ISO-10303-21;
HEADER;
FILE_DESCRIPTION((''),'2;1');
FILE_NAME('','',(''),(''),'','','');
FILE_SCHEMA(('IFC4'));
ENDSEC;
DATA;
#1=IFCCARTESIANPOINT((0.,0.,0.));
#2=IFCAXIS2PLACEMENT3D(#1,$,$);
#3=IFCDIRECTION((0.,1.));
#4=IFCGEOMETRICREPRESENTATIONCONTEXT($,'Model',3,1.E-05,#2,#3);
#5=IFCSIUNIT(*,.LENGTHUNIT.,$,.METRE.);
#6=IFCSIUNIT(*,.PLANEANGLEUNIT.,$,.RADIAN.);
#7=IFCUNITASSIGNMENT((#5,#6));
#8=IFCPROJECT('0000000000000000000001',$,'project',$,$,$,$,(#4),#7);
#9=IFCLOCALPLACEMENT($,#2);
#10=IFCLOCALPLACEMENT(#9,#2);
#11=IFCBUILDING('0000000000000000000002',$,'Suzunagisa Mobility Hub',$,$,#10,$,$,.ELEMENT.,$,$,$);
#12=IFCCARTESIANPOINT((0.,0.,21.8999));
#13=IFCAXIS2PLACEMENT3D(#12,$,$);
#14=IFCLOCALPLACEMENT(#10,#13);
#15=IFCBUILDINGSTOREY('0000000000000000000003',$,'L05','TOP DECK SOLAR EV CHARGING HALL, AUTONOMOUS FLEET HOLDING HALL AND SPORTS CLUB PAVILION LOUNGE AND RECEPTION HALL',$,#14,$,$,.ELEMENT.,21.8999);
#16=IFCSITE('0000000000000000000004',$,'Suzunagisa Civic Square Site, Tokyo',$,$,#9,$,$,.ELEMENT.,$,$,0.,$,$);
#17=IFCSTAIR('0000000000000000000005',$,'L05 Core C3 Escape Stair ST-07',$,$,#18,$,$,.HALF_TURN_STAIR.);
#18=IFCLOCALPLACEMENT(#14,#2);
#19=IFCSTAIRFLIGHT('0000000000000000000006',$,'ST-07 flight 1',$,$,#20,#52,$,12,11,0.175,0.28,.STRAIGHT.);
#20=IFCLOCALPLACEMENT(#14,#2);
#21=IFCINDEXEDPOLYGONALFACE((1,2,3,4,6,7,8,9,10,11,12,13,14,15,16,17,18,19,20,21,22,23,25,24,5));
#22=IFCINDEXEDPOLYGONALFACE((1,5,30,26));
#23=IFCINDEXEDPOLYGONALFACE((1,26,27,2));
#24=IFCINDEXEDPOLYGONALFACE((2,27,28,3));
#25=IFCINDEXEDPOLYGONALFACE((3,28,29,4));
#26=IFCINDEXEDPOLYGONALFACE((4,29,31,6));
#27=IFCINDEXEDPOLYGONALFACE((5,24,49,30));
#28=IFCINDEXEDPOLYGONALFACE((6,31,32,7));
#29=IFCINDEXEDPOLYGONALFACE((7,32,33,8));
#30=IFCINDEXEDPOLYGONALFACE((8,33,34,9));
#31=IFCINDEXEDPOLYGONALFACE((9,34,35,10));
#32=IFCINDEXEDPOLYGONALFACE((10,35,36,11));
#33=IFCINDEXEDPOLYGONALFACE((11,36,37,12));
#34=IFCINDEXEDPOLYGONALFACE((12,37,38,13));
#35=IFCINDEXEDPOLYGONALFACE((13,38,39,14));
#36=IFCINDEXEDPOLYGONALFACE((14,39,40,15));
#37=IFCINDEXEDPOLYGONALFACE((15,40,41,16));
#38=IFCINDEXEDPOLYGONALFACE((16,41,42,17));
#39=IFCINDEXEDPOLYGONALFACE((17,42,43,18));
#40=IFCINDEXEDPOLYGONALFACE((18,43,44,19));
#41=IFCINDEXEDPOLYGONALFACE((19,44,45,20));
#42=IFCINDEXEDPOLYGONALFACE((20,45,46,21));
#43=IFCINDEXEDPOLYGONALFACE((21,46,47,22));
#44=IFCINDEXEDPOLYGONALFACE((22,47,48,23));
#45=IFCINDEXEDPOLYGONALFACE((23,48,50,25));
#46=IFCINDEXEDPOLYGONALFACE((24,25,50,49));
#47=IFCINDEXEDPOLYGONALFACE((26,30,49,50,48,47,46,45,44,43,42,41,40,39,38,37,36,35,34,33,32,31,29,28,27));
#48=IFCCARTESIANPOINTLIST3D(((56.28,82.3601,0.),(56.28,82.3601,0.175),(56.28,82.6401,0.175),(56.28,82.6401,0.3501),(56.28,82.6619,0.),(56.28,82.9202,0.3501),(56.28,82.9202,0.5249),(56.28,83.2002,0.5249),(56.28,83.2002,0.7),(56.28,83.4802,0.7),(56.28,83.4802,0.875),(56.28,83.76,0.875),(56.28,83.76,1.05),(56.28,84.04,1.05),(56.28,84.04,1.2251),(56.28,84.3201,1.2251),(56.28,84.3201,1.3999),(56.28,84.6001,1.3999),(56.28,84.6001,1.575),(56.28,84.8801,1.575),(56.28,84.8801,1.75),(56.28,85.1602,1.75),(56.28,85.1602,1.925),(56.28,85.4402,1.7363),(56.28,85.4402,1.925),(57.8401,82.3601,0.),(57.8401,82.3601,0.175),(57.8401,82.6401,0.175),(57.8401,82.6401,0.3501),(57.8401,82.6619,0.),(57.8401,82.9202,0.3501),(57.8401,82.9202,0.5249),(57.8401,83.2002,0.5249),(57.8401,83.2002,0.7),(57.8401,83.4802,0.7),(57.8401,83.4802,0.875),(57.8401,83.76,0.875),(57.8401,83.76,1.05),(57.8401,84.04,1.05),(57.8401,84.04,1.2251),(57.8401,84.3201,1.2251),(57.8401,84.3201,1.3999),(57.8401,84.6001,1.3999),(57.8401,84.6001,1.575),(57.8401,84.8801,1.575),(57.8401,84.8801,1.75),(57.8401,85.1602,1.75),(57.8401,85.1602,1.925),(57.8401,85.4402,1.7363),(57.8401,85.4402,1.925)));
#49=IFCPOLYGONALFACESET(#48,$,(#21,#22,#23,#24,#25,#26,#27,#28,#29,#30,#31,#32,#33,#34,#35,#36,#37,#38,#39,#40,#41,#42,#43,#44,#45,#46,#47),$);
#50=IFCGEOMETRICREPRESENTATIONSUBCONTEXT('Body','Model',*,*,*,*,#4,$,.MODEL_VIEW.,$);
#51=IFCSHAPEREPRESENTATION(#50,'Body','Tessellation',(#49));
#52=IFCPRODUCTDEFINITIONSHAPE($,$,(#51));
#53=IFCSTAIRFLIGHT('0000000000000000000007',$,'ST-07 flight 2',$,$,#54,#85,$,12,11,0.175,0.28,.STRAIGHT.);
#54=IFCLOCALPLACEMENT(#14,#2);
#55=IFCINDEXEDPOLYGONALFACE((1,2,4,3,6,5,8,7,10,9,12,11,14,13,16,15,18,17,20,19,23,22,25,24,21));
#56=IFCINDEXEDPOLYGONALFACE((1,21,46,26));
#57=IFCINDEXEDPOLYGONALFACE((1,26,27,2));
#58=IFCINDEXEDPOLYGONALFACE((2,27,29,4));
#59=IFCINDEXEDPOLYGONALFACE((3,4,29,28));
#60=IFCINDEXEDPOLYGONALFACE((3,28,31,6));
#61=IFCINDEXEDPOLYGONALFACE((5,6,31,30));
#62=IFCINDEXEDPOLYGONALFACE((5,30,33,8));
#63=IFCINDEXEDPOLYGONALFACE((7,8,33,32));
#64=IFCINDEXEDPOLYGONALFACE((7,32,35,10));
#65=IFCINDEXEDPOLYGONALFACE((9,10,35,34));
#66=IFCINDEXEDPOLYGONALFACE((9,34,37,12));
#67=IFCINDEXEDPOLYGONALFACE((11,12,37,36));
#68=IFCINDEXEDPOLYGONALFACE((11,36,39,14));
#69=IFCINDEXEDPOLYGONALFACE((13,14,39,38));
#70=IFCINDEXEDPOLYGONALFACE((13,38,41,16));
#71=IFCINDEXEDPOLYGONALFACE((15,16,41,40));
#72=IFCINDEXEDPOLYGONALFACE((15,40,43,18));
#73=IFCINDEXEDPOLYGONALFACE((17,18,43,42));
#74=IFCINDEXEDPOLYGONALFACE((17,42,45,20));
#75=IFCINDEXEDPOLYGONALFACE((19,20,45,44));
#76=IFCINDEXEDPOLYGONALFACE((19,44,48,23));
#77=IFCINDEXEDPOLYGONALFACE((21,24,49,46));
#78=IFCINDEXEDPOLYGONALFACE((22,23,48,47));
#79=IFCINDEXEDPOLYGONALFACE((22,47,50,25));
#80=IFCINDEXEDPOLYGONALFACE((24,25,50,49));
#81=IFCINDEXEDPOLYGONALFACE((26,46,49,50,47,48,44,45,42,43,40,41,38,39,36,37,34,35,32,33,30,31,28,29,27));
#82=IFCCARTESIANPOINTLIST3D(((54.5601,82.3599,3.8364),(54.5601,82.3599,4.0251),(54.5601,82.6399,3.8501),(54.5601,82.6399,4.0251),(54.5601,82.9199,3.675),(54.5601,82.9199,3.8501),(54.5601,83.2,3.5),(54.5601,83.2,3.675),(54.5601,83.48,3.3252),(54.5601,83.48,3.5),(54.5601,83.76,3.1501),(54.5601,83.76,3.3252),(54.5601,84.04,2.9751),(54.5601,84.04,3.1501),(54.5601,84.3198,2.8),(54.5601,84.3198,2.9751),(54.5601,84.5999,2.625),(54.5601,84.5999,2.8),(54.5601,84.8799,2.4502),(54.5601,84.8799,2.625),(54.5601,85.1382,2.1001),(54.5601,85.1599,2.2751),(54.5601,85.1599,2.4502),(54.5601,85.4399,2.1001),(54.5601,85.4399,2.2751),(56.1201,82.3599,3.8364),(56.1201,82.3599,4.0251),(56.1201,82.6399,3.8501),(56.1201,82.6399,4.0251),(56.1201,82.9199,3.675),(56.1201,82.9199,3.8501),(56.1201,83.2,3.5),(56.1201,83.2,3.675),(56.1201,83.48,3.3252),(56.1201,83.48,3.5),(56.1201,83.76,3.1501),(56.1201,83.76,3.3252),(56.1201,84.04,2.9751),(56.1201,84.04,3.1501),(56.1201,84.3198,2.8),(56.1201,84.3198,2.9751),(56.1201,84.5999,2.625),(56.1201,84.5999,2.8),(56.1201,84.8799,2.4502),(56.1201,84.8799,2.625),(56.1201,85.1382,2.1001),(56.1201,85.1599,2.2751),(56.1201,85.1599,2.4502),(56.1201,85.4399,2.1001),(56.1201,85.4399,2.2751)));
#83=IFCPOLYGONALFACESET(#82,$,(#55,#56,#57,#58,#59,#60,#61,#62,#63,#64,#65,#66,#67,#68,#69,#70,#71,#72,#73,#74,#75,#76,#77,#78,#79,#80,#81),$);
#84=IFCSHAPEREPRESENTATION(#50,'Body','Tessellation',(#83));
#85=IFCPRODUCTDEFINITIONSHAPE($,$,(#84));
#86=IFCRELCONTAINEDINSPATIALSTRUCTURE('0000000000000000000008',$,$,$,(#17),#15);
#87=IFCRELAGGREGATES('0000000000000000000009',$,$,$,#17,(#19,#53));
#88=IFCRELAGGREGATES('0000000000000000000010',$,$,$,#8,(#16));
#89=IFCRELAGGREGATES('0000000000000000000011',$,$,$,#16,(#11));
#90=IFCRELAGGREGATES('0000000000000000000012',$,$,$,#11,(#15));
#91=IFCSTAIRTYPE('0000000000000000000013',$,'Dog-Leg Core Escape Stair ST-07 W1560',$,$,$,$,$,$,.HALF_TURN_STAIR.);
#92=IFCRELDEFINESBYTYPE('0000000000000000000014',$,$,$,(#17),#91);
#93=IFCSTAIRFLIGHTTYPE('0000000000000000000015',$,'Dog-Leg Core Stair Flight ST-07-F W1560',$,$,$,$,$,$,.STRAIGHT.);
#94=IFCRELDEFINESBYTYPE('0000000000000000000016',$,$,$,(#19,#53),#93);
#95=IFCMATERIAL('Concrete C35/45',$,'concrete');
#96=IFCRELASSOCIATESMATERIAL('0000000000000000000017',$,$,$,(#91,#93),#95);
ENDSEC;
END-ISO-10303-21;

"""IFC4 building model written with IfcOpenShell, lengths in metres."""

from ifc_helpers import new_model, si_unit, direction, frame, origin, place, context, subcontext, project, spatial, polyline, outline, extrude, material, type_object, element, aggregate, save


model = new_model("IFC4")

# Units and contexts
model_context = context("Model", 3, precision=1e-05, world=origin(), true_north=direction((0.0, 1.0)))
body_context = subcontext(model_context, "Body", "Model", "MODEL_VIEW")
ifc_project = project(units=[si_unit("LENGTHUNIT", "METRE"), si_unit("PLANEANGLEUNIT", "RADIAN")], contexts=[model_context])

# Site, building, storey
site_placement = place(None, origin())
site = spatial("IfcSite", under=ifc_project, at=site_placement, Name="Suzunagisa Civic Square Site, Tokyo", CompositionType="ELEMENT", RefElevation=0.0)
building_placement = place(site_placement, origin())
building = spatial("IfcBuilding", under=site, at=building_placement, Name="Suzunagisa Mobility Hub", CompositionType="ELEMENT")
storey_placement = place(building_placement, frame((0.0, 0.0, 21.8999)))
storey = spatial("IfcBuildingStorey", under=building, at=storey_placement, Name="L05", Description="TOP DECK SOLAR EV CHARGING HALL, AUTONOMOUS FLEET HOLDING HALL AND SPORTS CLUB PAVILION LOUNGE AND RECEPTION HALL", CompositionType="ELEMENT", Elevation=21.8999)

# Shared definitions
ifc_material_1 = material(Name="Concrete C35/45", Category="concrete")

# Stair, stair flights
stair_type = type_object("IfcStairType", Name="Dog-Leg Core Escape Stair ST-07 W1560", PredefinedType="HALF_TURN_STAIR", material=ifc_material_1)
stair_placement = place(storey_placement, origin())
stair = element("IfcStair", 1, at=stair_placement, inside=storey, type_object=stair_type, Name="L05 Core C3 Escape Stair ST-07", PredefinedType="HALF_TURN_STAIR")
stair_flight_type = type_object("IfcStairFlightType", Name="Dog-Leg Core Stair Flight ST-07-F W1560", PredefinedType="STRAIGHT", material=ifc_material_1)
stair_flight_1_placement = place(storey_placement, frame((57.0601, 82.3601, 0.0), z_axis=(0.0, 0.0, 1.0), x_axis=(0.0, 1.0, 0.0)))
stair_flight_1 = element("IfcStairFlight", 2, at=stair_flight_1_placement, type_object=stair_flight_type, Name="ST-07 flight 1", NumberOfRisers=12, NumberOfTreads=11, PredefinedType="STRAIGHT", RiserHeight=0.175, TreadLength=0.28, context=body_context, shape_type="SweptSolid", body=[
    extrude(outline(polyline([(0.0, 0.0), (0.0, 0.175), (0.28, 0.175), (0.28, 0.3501), (0.5601, 0.3501), (0.5601, 0.5249), (0.8401, 0.5249), (0.8401, 0.7), (1.1201, 0.7), (1.1201, 0.875), (1.3999, 0.875), (1.3999, 1.05), (1.6799, 1.05), (1.6799, 1.2251), (1.96, 1.2251), (1.96, 1.3999), (2.24, 1.3999), (2.24, 1.575), (2.52, 1.575), (2.52, 1.75), (2.8, 1.75), (2.8, 1.925), (3.0801, 1.925), (3.0801, 2.1001), (3.0801, 1.7363), (0.3018, 0.0), (0.0, 0.0)])), frame((0.0, 0.78, 0.0), z_axis=(0.0, -1.0, 0.0), x_axis=(1.0, 0.0, 0.0)), (0.0, 0.0, 1.0), 1.5601),
])
stair_flight_2_placement = place(storey_placement, frame((55.3401, 85.4399, 2.1001), z_axis=(0.0, 0.0, 1.0), x_axis=(0.0, -1.0, 0.0)))
stair_flight_2 = element("IfcStairFlight", 3, at=stair_flight_2_placement, type_object=stair_flight_type, Name="ST-07 flight 2", NumberOfRisers=12, NumberOfTreads=11, PredefinedType="STRAIGHT", RiserHeight=0.175, TreadLength=0.28, context=body_context, shape_type="SweptSolid", body=[
    extrude(outline(polyline([(0.0, 0.0), (0.0, 0.175), (0.28, 0.175), (0.28, 0.3501), (0.5601, 0.3501), (0.5601, 0.5249), (0.8401, 0.5249), (0.8401, 0.7), (1.1201, 0.7), (1.1201, 0.875), (1.3999, 0.875), (1.3999, 1.05), (1.6799, 1.05), (1.6799, 1.2251), (1.96, 1.2251), (1.96, 1.3999), (2.24, 1.3999), (2.24, 1.575), (2.52, 1.575), (2.52, 1.75), (2.8, 1.75), (2.8, 1.925), (3.0801, 1.925), (3.0801, 2.1001), (3.0801, 1.7363), (0.3018, 0.0), (0.0, 0.0)])), frame((0.0, 0.78, 0.0), z_axis=(0.0, -1.0, 0.0), x_axis=(1.0, 0.0, 0.0)), (0.0, 0.0, 1.0), 1.5601),
])
aggregate(stair, [stair_flight_1, stair_flight_2])

save(model, "model.ifc")
